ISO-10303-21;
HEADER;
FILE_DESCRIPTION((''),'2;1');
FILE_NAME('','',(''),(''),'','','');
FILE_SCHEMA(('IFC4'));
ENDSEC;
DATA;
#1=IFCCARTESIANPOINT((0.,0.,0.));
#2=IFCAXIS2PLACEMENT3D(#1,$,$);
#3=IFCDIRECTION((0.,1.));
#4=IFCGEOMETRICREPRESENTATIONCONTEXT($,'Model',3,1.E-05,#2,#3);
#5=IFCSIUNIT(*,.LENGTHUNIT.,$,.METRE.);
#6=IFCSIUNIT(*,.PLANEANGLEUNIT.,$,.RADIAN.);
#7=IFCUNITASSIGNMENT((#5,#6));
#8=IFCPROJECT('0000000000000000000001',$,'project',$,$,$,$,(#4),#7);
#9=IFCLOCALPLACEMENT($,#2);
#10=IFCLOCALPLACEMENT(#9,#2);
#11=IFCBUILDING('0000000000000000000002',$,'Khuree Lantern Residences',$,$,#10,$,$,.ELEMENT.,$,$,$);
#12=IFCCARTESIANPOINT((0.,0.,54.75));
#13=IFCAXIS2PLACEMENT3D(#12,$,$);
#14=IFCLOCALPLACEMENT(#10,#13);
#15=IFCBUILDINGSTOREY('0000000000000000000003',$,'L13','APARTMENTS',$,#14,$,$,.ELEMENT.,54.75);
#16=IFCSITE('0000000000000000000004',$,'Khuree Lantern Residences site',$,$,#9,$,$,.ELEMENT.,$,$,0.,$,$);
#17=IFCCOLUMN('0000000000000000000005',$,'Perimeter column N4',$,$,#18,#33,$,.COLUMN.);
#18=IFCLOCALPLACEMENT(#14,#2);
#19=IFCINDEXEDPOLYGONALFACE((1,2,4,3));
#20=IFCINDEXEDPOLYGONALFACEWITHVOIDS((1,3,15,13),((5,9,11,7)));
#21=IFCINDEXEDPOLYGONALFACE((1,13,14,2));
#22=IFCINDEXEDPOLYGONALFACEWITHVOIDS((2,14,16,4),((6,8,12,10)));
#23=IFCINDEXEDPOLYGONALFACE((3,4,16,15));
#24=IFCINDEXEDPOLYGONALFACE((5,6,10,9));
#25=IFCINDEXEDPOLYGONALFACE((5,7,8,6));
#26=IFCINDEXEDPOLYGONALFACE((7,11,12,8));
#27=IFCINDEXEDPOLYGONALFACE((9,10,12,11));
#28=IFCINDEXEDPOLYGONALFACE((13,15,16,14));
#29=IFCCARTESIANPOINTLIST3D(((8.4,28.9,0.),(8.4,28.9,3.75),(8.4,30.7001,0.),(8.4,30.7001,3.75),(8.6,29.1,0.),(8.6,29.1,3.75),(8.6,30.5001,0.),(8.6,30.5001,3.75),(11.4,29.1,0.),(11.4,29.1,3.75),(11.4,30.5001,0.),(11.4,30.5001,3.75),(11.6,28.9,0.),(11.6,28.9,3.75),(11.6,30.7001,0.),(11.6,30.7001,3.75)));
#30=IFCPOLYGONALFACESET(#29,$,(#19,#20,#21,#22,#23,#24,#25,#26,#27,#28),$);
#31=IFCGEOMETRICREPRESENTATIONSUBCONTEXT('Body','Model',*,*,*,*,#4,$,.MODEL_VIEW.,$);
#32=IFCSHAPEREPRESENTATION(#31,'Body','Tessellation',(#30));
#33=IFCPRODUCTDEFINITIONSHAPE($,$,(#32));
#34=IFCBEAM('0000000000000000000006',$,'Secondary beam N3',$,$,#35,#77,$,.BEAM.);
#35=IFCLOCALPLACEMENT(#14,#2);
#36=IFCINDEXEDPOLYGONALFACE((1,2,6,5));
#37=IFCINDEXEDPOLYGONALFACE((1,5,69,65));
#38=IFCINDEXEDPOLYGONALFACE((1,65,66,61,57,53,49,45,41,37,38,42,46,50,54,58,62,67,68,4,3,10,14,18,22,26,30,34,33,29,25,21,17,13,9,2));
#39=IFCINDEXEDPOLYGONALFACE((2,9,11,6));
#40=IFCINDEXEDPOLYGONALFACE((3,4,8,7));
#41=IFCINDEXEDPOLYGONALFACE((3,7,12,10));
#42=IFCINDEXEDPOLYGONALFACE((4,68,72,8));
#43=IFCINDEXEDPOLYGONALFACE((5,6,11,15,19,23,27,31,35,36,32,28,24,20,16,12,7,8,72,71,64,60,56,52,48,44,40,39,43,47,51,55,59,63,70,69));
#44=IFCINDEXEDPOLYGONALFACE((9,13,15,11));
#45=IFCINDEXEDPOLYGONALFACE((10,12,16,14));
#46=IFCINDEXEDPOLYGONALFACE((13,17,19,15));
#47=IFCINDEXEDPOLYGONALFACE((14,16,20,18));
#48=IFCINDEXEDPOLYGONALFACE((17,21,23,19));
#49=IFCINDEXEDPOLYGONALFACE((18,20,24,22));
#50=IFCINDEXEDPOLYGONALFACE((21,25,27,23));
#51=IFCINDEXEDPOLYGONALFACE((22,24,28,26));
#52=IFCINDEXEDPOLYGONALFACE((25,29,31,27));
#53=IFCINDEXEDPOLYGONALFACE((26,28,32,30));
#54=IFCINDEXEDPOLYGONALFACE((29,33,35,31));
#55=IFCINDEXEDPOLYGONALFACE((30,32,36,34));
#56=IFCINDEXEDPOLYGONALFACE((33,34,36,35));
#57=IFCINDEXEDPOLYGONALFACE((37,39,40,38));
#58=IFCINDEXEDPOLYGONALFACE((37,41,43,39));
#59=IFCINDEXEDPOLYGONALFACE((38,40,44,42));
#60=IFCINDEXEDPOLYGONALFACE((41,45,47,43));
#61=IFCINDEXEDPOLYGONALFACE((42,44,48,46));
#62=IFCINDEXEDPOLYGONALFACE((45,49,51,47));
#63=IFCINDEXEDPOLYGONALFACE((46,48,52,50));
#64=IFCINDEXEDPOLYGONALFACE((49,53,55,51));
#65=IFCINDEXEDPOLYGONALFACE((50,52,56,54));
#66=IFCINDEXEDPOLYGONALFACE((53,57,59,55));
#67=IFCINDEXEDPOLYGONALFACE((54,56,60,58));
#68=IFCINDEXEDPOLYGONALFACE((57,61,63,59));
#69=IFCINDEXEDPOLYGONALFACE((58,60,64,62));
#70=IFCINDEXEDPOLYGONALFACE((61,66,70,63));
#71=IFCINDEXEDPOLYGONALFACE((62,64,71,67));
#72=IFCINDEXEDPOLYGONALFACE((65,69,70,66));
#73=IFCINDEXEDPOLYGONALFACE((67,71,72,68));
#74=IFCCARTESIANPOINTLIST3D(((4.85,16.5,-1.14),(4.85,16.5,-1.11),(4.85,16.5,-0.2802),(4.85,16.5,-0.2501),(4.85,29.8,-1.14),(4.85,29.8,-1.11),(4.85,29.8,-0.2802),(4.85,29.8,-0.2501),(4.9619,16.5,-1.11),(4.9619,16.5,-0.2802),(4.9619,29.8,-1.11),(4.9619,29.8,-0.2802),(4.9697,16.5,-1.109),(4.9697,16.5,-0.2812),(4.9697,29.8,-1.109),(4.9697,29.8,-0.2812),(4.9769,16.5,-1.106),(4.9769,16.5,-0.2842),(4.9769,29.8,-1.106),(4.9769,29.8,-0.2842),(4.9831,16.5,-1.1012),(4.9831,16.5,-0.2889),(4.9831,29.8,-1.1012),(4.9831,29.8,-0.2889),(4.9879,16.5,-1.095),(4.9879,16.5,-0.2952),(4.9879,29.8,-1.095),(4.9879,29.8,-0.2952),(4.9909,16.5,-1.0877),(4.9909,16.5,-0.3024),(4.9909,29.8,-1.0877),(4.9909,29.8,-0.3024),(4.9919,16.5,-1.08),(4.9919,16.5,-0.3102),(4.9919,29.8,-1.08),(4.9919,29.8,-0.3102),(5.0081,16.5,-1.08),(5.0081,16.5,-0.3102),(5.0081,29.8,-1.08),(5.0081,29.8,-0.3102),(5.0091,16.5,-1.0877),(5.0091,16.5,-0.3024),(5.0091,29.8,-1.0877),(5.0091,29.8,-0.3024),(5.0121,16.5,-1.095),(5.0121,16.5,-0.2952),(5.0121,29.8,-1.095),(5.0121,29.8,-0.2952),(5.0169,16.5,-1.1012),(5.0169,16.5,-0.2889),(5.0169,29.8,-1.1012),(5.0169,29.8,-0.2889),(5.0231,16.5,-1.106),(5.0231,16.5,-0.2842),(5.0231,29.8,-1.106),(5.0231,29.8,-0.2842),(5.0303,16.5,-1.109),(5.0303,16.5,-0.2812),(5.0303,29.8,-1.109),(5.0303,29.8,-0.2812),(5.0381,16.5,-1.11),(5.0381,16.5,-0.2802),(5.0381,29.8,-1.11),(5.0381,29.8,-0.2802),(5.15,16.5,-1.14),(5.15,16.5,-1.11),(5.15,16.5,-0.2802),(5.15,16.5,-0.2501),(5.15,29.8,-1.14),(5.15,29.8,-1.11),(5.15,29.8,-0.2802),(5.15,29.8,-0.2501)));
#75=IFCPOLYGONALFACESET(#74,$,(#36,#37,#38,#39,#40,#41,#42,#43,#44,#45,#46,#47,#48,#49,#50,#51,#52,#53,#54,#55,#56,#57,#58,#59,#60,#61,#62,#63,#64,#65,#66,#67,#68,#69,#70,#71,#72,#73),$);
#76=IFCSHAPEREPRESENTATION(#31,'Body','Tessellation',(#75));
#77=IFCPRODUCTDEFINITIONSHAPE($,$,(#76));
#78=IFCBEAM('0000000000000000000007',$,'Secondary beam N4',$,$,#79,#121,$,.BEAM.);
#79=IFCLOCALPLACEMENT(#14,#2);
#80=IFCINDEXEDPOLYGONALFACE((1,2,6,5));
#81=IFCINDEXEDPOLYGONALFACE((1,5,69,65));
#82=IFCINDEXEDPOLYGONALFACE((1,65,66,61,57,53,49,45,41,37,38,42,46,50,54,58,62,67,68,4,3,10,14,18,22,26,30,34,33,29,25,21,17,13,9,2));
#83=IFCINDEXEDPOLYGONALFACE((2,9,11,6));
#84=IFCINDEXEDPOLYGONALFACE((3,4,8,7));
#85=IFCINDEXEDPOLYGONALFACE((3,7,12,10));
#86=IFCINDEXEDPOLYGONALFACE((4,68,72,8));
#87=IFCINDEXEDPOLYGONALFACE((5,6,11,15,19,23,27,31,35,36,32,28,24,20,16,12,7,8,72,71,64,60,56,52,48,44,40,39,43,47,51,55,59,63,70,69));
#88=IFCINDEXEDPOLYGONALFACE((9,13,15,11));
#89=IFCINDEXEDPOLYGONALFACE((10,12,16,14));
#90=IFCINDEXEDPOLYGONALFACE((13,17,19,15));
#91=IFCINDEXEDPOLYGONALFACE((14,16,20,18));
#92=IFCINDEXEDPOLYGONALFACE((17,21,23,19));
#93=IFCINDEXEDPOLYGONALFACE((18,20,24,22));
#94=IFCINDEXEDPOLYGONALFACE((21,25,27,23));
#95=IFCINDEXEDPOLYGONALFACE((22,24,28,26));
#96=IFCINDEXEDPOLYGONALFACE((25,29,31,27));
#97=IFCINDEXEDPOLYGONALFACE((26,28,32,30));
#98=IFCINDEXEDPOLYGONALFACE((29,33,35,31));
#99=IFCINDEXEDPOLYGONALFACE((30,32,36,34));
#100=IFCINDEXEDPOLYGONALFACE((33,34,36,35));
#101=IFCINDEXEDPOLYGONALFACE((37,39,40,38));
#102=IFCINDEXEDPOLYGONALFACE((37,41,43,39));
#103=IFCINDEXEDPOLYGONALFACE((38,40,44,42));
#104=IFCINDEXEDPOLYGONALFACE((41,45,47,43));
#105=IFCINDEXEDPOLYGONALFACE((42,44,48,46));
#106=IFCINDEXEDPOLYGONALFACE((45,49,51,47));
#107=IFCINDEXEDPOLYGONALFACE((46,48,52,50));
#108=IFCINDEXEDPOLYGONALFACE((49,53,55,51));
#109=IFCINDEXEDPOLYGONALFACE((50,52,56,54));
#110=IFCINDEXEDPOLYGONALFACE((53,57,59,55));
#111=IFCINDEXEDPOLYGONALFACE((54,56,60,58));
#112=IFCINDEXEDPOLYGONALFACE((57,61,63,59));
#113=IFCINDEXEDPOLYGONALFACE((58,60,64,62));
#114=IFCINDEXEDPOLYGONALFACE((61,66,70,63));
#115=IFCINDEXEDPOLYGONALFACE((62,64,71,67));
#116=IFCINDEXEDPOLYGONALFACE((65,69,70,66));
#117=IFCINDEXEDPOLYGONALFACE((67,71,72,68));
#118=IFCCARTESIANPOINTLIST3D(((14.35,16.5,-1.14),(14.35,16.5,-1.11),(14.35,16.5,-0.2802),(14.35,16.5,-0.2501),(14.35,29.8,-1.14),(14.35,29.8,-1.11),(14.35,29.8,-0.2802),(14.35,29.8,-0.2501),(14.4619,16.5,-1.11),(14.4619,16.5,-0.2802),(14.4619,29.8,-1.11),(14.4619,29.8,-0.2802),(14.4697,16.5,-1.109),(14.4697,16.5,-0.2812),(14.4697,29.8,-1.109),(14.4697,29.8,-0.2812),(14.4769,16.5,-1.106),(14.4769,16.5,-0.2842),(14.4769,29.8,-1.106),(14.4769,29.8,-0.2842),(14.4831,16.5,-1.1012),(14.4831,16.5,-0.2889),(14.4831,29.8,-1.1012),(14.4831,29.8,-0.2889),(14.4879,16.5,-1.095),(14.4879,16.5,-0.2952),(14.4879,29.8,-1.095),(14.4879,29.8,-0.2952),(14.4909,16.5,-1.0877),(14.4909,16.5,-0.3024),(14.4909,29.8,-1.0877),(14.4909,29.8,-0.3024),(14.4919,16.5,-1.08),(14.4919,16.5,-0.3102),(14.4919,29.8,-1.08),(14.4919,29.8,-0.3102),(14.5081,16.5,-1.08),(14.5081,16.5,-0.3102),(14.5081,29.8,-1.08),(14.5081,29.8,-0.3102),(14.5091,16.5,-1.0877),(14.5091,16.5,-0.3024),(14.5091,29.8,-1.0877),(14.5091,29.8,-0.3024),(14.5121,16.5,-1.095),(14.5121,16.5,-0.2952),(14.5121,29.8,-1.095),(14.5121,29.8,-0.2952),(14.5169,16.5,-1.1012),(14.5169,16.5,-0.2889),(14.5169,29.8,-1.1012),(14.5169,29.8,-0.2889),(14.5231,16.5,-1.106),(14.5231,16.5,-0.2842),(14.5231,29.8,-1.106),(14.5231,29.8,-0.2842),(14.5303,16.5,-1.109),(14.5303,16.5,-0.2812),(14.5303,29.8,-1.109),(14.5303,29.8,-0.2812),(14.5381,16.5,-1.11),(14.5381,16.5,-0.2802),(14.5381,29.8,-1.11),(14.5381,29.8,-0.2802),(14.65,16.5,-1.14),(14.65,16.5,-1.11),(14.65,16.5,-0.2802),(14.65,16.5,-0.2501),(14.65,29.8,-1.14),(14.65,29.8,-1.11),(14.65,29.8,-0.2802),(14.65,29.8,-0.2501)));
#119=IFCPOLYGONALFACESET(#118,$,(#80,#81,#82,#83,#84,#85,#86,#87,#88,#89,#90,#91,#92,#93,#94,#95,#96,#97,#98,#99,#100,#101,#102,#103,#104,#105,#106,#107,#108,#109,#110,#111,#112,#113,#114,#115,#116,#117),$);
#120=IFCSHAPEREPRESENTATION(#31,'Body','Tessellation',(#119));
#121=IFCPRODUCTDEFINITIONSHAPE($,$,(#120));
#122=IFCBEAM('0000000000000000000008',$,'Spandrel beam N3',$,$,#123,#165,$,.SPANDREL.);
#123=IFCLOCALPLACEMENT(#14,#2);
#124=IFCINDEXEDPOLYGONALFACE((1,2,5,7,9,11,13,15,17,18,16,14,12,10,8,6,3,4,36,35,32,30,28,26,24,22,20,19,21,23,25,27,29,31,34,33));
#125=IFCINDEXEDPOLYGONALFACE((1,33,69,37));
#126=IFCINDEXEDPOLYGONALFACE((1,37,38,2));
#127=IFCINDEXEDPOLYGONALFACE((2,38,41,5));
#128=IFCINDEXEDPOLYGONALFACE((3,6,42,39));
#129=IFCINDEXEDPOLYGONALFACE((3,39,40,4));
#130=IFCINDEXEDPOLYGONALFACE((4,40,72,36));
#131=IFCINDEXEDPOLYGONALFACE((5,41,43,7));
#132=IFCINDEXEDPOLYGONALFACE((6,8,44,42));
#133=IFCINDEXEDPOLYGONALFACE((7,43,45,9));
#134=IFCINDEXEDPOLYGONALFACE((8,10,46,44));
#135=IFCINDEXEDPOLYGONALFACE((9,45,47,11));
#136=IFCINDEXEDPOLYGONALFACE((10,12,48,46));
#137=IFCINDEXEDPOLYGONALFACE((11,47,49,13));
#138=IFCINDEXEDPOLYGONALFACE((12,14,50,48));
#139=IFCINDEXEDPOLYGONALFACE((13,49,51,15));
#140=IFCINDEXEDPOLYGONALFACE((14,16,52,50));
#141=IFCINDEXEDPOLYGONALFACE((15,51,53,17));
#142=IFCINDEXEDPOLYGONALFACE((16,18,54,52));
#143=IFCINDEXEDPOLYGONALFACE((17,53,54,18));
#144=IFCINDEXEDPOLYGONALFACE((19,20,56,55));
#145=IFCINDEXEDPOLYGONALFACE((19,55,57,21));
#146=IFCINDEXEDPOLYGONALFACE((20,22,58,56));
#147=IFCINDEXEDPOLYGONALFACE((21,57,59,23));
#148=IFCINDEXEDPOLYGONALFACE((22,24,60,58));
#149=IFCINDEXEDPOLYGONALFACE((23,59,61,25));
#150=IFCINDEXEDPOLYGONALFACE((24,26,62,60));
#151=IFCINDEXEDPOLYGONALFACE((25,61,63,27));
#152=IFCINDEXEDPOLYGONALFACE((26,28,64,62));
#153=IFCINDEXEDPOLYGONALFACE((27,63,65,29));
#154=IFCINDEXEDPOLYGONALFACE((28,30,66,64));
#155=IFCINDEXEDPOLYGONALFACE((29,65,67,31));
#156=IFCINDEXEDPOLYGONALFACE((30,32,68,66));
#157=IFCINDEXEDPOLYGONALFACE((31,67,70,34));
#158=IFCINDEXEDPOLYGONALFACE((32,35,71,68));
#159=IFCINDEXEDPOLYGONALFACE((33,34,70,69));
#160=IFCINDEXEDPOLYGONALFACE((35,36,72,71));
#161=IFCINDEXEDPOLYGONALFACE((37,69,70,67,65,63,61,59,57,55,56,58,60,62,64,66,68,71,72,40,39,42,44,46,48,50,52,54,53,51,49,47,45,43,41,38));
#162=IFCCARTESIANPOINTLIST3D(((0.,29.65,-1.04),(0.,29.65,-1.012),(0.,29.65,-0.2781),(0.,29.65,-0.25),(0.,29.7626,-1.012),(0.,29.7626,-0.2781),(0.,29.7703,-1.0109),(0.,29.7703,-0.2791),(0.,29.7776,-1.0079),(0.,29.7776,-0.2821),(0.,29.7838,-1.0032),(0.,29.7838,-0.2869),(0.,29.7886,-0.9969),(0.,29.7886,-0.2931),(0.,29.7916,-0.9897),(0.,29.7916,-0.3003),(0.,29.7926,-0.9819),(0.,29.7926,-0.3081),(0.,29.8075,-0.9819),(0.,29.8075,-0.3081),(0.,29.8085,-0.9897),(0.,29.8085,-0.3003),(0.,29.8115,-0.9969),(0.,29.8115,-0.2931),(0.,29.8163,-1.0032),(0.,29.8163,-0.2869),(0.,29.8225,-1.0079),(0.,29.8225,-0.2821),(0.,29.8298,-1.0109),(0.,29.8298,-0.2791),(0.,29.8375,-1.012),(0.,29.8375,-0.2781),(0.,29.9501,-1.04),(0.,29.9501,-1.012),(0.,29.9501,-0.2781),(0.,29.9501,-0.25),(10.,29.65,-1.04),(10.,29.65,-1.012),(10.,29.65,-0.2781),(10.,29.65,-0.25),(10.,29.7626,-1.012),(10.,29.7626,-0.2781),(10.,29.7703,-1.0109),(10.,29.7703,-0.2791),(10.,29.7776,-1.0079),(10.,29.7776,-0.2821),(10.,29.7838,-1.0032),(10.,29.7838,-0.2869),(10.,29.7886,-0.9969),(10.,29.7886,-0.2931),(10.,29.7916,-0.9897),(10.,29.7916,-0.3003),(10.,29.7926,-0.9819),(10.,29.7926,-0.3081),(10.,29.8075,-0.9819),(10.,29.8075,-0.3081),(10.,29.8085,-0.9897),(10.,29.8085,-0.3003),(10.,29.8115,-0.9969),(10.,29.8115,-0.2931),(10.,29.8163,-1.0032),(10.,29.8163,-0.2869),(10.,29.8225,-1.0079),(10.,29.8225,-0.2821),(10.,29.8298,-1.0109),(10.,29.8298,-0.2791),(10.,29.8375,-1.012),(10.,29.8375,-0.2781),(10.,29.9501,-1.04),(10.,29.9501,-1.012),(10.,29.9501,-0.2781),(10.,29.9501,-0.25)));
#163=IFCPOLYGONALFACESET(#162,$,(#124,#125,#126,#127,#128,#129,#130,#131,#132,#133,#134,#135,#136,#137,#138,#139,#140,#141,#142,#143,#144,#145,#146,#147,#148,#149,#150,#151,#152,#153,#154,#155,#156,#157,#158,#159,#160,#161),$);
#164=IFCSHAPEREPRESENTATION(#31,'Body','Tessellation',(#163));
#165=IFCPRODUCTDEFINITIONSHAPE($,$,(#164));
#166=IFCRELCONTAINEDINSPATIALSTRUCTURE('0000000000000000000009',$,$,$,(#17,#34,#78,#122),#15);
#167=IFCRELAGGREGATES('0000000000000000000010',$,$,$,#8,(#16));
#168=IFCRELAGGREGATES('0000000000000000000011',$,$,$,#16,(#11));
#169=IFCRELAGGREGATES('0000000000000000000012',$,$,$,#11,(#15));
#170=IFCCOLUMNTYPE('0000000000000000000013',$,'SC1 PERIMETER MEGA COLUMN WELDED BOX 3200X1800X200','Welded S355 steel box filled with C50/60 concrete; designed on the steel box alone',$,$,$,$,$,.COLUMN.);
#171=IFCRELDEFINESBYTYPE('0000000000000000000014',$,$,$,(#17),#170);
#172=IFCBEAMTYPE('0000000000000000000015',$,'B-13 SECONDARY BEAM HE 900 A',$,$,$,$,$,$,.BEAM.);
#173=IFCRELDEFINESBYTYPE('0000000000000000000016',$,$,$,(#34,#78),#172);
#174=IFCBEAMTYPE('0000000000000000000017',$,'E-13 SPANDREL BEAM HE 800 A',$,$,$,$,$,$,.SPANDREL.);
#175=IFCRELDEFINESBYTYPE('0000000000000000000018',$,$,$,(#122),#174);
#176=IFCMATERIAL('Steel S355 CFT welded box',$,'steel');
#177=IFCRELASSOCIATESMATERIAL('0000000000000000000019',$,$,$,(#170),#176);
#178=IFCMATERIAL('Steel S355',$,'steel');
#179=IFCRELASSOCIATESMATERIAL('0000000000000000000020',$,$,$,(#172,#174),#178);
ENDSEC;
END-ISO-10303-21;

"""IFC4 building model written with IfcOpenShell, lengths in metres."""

from ifc_helpers import new_model, si_unit, direction, frame, origin, origin_2d, place, context, subcontext, project, spatial, hollow_rectangle, i_section, extrude, material, material_profile, profile_set, type_object, element, save


model = new_model("IFC4")

# Units and contexts
model_context = context("Model", 3, precision=1e-05, world=origin(), true_north=direction((0.0, 1.0)))
body_context = subcontext(model_context, "Body", "Model", "MODEL_VIEW")
ifc_project = project(units=[si_unit("LENGTHUNIT", "METRE"), si_unit("PLANEANGLEUNIT", "RADIAN")], contexts=[model_context])

# Site, building, storey
site_placement = place(None, origin())
site = spatial("IfcSite", under=ifc_project, at=site_placement, Name="Khuree Lantern Residences site", CompositionType="ELEMENT", RefElevation=0.0)
building_placement = place(site_placement, origin())
building = spatial("IfcBuilding", under=site, at=building_placement, Name="Khuree Lantern Residences", CompositionType="ELEMENT")
storey_placement = place(building_placement, frame((0.0, 0.0, 54.75)))
storey = spatial("IfcBuildingStorey", under=building, at=storey_placement, Name="L13", Description="APARTMENTS", CompositionType="ELEMENT", Elevation=54.75)

# Column
ifc_material_1 = material(Name="Steel S355 CFT welded box", Category="steel")
ifc_material_profile_1 = material_profile(ifc_material_1, hollow_rectangle(XDim=3.2, YDim=1.8, WallThickness=0.2, at=origin_2d()), Name="WELDED BOX 3200X1800X200")
ifc_profile_set_1 = profile_set([ifc_material_profile_1], Name="Steel S355 CFT welded box")
column_type = type_object("IfcColumnType", Name="SC1 PERIMETER MEGA COLUMN WELDED BOX 3200X1800X200", Description="Welded S355 steel box filled with C50/60 concrete; designed on the steel box alone", PredefinedType="COLUMN", material=ifc_profile_set_1)
column_placement = place(storey_placement, frame((10.0, 29.8, 0.0), z_axis=(0.0, 0.0, 1.0), x_axis=(1.0, 0.0, 0.0)))
element("IfcColumn", 1, at=column_placement, inside=storey, type_object=column_type, Name="Perimeter column N4", PredefinedType="COLUMN", context=body_context, shape_type="SweptSolid", body=[
    extrude(hollow_rectangle(XDim=3.2, YDim=1.8, WallThickness=0.2, at=origin_2d()), origin(), (0.0, 0.0, 1.0), 3.75),
])

# Beams
ifc_material_2 = material(Name="Steel S355", Category="steel")
ifc_material_profile_2 = material_profile(ifc_material_2, i_section(OverallWidth=0.3, OverallDepth=0.8899, WebThickness=0.0161, FlangeThickness=0.03, FilletRadius=0.03, at=origin_2d()), Name="HE 900 A")
ifc_profile_set_2 = profile_set([ifc_material_profile_2], Name="Steel S355")
beam_type_1 = type_object("IfcBeamType", Name="B-13 SECONDARY BEAM HE 900 A", PredefinedType="BEAM", material=ifc_profile_set_2)
for number, where, z_axis, x_axis, name in (
    (2, (5.0, 29.8, -0.6951), (0.0, -1.0, 0.0), (1.0, 0.0, 0.0), "Secondary beam N3"),
    (3, (14.5, 29.8, -0.6951), (0.0, -1.0, 0.0), (1.0, 0.0, 0.0), "Secondary beam N4"),
):
    element("IfcBeam", number, at=place(storey_placement, frame(where, z_axis=z_axis, x_axis=x_axis)), inside=storey, type_object=beam_type_1, Name=name, PredefinedType="BEAM", context=body_context, shape_type="SweptSolid", body=[
        extrude(i_section(OverallWidth=0.3, OverallDepth=0.8899, WebThickness=0.0161, FlangeThickness=0.03, FilletRadius=0.03, at=origin_2d()), origin(), (0.0, 0.0, 1.0), 13.3),
    ])
ifc_material_profile_3 = material_profile(ifc_material_2, i_section(OverallWidth=0.3, OverallDepth=0.79, WebThickness=0.0149, FlangeThickness=0.0281, FilletRadius=0.03, at=origin_2d()), Name="HE 800 A")
ifc_profile_set_3 = profile_set([ifc_material_profile_3], Name="Steel S355")
beam_type_2 = type_object("IfcBeamType", Name="E-13 SPANDREL BEAM HE 800 A", PredefinedType="SPANDREL", material=ifc_profile_set_3)
for number, where, z_axis, x_axis, name in (
    (4, (0.0, 29.8, -0.645), (1.0, 0.0, 0.0), (0.0, 1.0, 0.0), "Spandrel beam N3"),
):
    element("IfcBeam", number, at=place(storey_placement, frame(where, z_axis=z_axis, x_axis=x_axis)), inside=storey, type_object=beam_type_2, Name=name, PredefinedType="SPANDREL", context=body_context, shape_type="SweptSolid", body=[
        extrude(i_section(OverallWidth=0.3, OverallDepth=0.79, WebThickness=0.0149, FlangeThickness=0.0281, FilletRadius=0.03, at=origin_2d()), origin(), (0.0, 0.0, 1.0), 10.0),
    ])

save(model, "model.ifc")
